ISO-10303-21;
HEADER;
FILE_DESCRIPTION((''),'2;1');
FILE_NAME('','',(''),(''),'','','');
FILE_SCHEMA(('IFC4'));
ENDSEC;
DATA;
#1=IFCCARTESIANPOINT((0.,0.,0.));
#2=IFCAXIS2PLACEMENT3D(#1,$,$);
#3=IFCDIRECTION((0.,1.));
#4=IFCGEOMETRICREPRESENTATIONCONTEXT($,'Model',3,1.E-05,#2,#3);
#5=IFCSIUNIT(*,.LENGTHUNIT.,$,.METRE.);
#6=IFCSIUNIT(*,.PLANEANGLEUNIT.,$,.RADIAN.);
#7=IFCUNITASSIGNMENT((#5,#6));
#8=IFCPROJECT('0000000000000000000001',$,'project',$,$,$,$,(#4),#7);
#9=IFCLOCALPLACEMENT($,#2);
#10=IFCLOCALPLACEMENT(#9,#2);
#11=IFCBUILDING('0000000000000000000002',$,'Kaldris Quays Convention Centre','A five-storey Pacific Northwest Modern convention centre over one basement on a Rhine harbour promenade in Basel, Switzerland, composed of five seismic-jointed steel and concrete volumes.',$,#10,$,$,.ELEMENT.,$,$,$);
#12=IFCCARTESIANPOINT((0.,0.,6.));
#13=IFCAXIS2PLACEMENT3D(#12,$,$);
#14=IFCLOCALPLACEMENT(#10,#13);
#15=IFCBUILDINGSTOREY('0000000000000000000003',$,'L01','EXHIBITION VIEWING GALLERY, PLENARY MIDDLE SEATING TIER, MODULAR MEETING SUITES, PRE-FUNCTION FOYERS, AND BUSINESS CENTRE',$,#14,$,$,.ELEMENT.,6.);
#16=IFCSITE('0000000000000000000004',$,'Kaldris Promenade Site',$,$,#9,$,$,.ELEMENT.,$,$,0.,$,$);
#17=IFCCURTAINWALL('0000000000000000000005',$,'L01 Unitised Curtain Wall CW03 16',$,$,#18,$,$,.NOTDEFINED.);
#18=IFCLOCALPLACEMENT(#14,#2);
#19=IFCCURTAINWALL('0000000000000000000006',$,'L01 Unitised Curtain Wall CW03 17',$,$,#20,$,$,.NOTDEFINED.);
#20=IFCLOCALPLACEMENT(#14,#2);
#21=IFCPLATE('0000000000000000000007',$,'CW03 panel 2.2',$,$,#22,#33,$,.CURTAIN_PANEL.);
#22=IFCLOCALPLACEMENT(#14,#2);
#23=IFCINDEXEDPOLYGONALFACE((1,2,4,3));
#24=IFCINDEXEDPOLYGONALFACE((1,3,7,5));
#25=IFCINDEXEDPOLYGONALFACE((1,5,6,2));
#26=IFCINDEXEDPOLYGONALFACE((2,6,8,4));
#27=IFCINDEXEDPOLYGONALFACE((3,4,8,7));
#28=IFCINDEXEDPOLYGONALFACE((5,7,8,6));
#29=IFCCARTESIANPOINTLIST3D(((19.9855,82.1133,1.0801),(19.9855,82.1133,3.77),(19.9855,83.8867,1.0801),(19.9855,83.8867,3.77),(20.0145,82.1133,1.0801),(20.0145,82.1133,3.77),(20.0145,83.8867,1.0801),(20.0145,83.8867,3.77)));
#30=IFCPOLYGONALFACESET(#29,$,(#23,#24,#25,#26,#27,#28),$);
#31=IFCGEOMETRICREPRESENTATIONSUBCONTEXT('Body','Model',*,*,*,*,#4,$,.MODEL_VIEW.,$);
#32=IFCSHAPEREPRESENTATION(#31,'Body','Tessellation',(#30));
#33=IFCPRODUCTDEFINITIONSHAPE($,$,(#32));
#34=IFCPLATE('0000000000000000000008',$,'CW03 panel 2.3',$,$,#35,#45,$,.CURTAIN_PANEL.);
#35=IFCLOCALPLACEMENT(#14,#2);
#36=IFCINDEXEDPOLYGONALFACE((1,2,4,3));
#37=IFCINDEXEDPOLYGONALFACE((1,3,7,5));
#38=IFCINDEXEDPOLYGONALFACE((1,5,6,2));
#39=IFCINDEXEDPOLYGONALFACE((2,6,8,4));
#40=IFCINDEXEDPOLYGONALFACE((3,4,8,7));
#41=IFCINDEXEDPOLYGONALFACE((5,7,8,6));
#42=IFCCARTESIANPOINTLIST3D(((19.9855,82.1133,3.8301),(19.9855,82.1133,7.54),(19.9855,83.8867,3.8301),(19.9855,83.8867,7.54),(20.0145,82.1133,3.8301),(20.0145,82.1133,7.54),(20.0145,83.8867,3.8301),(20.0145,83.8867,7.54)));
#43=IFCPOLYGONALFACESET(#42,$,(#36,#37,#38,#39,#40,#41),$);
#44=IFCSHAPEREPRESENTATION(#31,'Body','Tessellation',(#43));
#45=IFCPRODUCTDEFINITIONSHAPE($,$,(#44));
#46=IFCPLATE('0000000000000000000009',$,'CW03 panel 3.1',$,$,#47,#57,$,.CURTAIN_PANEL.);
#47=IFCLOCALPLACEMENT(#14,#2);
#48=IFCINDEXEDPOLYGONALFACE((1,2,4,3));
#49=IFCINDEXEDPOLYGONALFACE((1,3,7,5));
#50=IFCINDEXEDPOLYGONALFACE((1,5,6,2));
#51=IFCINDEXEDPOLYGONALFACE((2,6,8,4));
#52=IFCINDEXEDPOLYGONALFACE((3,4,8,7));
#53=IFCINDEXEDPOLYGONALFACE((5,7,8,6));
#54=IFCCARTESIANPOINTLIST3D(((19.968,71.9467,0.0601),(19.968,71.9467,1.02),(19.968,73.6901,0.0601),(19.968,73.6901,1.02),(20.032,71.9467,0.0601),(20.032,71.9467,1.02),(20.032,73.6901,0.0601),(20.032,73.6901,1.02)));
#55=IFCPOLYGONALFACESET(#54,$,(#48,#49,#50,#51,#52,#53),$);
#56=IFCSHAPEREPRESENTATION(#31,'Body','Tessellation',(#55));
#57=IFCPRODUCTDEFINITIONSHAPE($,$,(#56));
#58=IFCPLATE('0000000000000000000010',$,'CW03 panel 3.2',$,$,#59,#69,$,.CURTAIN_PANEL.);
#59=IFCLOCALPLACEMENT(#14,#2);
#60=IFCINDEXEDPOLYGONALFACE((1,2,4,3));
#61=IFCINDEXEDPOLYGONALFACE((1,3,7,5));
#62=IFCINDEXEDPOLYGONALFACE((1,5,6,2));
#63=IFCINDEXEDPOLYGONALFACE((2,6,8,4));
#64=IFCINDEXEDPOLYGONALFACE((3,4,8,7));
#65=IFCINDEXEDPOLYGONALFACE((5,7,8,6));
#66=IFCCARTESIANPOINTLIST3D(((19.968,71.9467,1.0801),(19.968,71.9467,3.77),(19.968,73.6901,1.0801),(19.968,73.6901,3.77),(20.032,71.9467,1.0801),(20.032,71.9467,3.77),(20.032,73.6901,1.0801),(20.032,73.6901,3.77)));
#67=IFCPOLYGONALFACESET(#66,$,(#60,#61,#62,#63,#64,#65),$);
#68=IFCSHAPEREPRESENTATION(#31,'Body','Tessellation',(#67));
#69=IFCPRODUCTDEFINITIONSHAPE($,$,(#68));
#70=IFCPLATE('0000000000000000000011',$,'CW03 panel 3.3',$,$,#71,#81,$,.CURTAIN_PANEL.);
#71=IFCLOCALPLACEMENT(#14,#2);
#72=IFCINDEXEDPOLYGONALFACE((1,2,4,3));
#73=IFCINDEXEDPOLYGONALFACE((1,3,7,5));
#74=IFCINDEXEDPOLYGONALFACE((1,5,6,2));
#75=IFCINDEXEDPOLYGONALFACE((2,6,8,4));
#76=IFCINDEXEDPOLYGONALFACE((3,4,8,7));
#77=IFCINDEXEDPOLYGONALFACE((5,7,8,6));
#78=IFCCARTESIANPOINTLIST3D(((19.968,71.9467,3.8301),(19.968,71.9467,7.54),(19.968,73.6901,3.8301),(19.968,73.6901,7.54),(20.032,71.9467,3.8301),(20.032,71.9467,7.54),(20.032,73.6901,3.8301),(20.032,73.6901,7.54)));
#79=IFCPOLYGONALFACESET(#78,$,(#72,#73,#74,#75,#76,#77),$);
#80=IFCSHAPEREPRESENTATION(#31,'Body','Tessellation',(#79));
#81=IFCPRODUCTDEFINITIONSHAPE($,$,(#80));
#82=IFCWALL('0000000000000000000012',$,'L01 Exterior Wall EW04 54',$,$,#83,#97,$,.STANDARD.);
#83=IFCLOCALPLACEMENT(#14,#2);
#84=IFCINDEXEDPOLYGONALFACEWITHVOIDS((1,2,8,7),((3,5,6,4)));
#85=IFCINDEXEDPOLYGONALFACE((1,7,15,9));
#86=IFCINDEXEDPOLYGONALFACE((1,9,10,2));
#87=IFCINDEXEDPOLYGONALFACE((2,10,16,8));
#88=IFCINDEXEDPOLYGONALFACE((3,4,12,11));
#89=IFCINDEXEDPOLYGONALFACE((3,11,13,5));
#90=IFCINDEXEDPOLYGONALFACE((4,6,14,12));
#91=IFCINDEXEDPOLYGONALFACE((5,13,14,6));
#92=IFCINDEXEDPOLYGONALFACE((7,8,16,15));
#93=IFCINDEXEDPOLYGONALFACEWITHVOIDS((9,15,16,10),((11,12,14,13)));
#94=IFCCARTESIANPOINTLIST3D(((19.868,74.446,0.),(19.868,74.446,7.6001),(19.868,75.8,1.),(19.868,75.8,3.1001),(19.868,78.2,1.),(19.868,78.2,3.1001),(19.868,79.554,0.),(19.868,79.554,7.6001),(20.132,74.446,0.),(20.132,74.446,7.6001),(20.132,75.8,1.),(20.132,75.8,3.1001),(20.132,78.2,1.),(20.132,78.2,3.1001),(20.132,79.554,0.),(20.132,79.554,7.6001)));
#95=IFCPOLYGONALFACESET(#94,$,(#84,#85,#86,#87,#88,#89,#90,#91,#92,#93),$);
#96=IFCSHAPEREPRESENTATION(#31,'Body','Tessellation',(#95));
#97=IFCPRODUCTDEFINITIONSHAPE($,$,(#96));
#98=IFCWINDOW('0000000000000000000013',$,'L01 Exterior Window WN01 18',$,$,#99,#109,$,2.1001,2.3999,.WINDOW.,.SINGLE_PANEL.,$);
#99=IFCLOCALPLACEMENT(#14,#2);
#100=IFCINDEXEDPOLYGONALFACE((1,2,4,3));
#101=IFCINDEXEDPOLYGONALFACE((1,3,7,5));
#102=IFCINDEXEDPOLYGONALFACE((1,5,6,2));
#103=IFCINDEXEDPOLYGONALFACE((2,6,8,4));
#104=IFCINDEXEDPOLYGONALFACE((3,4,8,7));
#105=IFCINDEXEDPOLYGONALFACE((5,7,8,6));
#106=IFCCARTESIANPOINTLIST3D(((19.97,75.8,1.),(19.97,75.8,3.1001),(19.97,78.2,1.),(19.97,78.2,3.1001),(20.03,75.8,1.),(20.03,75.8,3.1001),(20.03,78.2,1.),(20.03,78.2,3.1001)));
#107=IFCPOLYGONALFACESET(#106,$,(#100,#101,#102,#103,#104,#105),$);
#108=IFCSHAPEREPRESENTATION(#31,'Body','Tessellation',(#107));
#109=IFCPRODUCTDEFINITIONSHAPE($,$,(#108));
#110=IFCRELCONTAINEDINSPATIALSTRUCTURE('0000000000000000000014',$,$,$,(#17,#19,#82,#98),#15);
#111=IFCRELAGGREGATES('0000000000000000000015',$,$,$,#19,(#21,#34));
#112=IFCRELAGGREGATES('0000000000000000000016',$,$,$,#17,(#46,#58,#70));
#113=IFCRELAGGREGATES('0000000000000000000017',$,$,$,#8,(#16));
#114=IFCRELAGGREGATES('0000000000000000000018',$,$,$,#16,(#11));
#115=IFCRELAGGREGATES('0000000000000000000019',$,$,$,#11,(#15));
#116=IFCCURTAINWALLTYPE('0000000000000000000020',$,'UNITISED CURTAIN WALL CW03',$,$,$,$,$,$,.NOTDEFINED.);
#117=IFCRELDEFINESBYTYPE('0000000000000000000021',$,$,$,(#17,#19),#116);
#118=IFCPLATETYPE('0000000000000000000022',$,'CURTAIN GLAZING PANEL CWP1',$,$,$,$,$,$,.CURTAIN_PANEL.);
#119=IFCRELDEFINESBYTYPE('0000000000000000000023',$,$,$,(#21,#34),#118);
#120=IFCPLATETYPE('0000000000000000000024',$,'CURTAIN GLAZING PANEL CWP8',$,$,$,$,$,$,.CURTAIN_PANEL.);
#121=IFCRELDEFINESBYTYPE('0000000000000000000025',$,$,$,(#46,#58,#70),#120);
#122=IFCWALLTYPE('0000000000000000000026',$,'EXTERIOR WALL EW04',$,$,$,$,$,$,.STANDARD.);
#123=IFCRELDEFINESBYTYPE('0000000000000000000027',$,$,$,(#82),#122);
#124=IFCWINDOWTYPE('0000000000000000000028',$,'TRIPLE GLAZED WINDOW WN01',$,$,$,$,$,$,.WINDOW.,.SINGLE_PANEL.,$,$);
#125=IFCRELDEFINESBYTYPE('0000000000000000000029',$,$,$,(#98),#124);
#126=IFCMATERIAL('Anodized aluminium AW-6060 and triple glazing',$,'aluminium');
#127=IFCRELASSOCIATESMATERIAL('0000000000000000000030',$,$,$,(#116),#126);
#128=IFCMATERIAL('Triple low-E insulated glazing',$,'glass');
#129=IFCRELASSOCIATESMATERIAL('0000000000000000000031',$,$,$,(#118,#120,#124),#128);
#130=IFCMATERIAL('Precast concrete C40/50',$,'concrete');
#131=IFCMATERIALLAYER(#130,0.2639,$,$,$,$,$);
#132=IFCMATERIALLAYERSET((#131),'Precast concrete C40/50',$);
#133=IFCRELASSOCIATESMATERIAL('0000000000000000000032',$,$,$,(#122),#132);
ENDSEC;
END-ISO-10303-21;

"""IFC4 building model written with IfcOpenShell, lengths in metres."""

from ifc_helpers import new_model, si_unit, direction, frame, frame_2d, origin, origin_2d, place, context, subcontext, project, spatial, rectangle, extrude, material, layer, layer_set, type_object, element, fill, aggregate, save


model = new_model("IFC4")

# Units and contexts
model_context = context("Model", 3, precision=1e-05, world=origin(), true_north=direction((0.0, 1.0)))
body_context = subcontext(model_context, "Body", "Model", "MODEL_VIEW")
ifc_project = project(units=[si_unit("LENGTHUNIT", "METRE"), si_unit("PLANEANGLEUNIT", "RADIAN")], contexts=[model_context])

# Site, building, storey
site_placement = place(None, origin())
site = spatial("IfcSite", under=ifc_project, at=site_placement, Name="Kaldris Promenade Site", CompositionType="ELEMENT", RefElevation=0.0)
building_placement = place(site_placement, origin())
building = spatial("IfcBuilding", under=site, at=building_placement, Name="Kaldris Quays Convention Centre", Description="A five-storey Pacific Northwest Modern convention centre over one basement on a Rhine harbour promenade in Basel, Switzerland, composed of five seismic-jointed steel and concrete volumes.", CompositionType="ELEMENT")
storey_placement = place(building_placement, frame((0.0, 0.0, 6.0)))
storey = spatial("IfcBuildingStorey", under=building, at=storey_placement, Name="L01", Description="EXHIBITION VIEWING GALLERY, PLENARY MIDDLE SEATING TIER, MODULAR MEETING SUITES, PRE-FUNCTION FOYERS, AND BUSINESS CENTRE", CompositionType="ELEMENT", Elevation=6.0)

# Curtain wall
ifc_material_1 = material(Name="Anodized aluminium AW-6060 and triple glazing", Category="aluminium")
curtain_wall_type = type_object("IfcCurtainWallType", Name="UNITISED CURTAIN WALL CW03", PredefinedType="NOTDEFINED", material=ifc_material_1)
curtain_wall_1_placement = place(storey_placement, origin())
curtain_wall_1 = element("IfcCurtainWall", 1, at=curtain_wall_1_placement, inside=storey, type_object=curtain_wall_type, Name="L01 Unitised Curtain Wall CW03 16", PredefinedType="NOTDEFINED")

# Curtain wall
curtain_wall_2_placement = place(storey_placement, origin())
curtain_wall_2 = element("IfcCurtainWall", 2, at=curtain_wall_2_placement, inside=storey, type_object=curtain_wall_type, Name="L01 Unitised Curtain Wall CW03 17", PredefinedType="NOTDEFINED")

# Plates
ifc_material_2 = material(Name="Triple low-E insulated glazing", Category="glass")
plate_type_1 = type_object("IfcPlateType", Name="CURTAIN GLAZING PANEL CWP1", PredefinedType="CURTAIN_PANEL", material=ifc_material_2)
plate_1_placement = place(storey_placement, frame((20.0, 83.0, 1.0801), z_axis=(0.0, 0.0, 1.0), x_axis=(0.0, 1.0, 0.0)))
plate_1 = element("IfcPlate", 3, at=plate_1_placement, type_object=plate_type_1, Name="CW03 panel 2.2", PredefinedType="CURTAIN_PANEL", context=body_context, shape_type="SweptSolid", body=[
    extrude(rectangle(XDim=1.7734, YDim=0.0291, at=origin_2d()), origin(), (0.0, 0.0, 1.0), 2.6899),
])
plate_2_placement = place(storey_placement, frame((20.0, 83.0, 3.8301), z_axis=(0.0, 0.0, 1.0), x_axis=(0.0, 1.0, 0.0)))
plate_2 = element("IfcPlate", 4, at=plate_2_placement, type_object=plate_type_1, Name="CW03 panel 2.3", PredefinedType="CURTAIN_PANEL", context=body_context, shape_type="SweptSolid", body=[
    extrude(rectangle(XDim=1.7734, YDim=0.0291, at=origin_2d()), origin(), (0.0, 0.0, 1.0), 3.71),
])
aggregate(curtain_wall_2, [plate_1, plate_2])
plate_type_2 = type_object("IfcPlateType", Name="CURTAIN GLAZING PANEL CWP8", PredefinedType="CURTAIN_PANEL", material=ifc_material_2)
plate_3_placement = place(storey_placement, frame((20.0, 72.8184, 0.0601), z_axis=(0.0, 0.0, 1.0), x_axis=(0.0, 1.0, 0.0)))
plate_3 = element("IfcPlate", 5, at=plate_3_placement, type_object=plate_type_2, Name="CW03 panel 3.1", PredefinedType="CURTAIN_PANEL", context=body_context, shape_type="SweptSolid", body=[
    extrude(rectangle(XDim=1.7434, YDim=0.064, at=origin_2d()), origin(), (0.0, 0.0, 1.0), 0.96),
])
plate_4_placement = place(storey_placement, frame((20.0, 72.8184, 1.0801), z_axis=(0.0, 0.0, 1.0), x_axis=(0.0, 1.0, 0.0)))
plate_4 = element("IfcPlate", 6, at=plate_4_placement, type_object=plate_type_2, Name="CW03 panel 3.2", PredefinedType="CURTAIN_PANEL", context=body_context, shape_type="SweptSolid", body=[
    extrude(rectangle(XDim=1.7434, YDim=0.064, at=origin_2d()), origin(), (0.0, 0.0, 1.0), 2.6899),
])
plate_5_placement = place(storey_placement, frame((20.0, 72.8184, 3.8301), z_axis=(0.0, 0.0, 1.0), x_axis=(0.0, 1.0, 0.0)))
plate_5 = element("IfcPlate", 7, at=plate_5_placement, type_object=plate_type_2, Name="CW03 panel 3.3", PredefinedType="CURTAIN_PANEL", context=body_context, shape_type="SweptSolid", body=[
    extrude(rectangle(XDim=1.7434, YDim=0.064, at=origin_2d()), origin(), (0.0, 0.0, 1.0), 3.71),
])
aggregate(curtain_wall_1, [plate_3, plate_4, plate_5])

# Wall, opening, window
ifc_material_3 = material(Name="Precast concrete C40/50", Category="concrete")
ifc_layer = layer(ifc_material_3, 0.2639)
ifc_layer_set = layer_set([ifc_layer], Name="Precast concrete C40/50")
wall_type = type_object("IfcWallType", Name="EXTERIOR WALL EW04", PredefinedType="STANDARD", material=ifc_layer_set)
wall_placement = place(storey_placement, frame((20.0, 74.446, 0.0), z_axis=(0.0, 0.0, 1.0), x_axis=(0.0, 1.0, 0.0)))
wall = element("IfcWall", 8, at=wall_placement, inside=storey, type_object=wall_type, Name="L01 Exterior Wall EW04 54", PredefinedType="STANDARD", context=body_context, shape_type="SweptSolid", body=[
    extrude(rectangle(XDim=5.1079, YDim=0.2639, at=frame_2d((2.554, 0.0))), origin(), (0.0, 0.0, 1.0), 7.6001),
])
opening_placement = place(wall_placement, frame((1.354, 0.0, 1.0)))
opening = element("IfcOpeningElement", 9, at=opening_placement, cuts=wall, PredefinedType="OPENING", context=body_context, shape_type="SweptSolid", body=[
    extrude(rectangle(XDim=2.3999, YDim=2.1001, at=frame_2d((1.2, 1.05))), frame((0.0, 0.1421, 0.0), z_axis=(0.0, -1.0, 0.0), x_axis=(1.0, 0.0, 0.0)), (0.0, 0.0, 1.0), 0.2839),
])
window_type = type_object("IfcWindowType", Name="TRIPLE GLAZED WINDOW WN01", PartitioningType="SINGLE_PANEL", PredefinedType="WINDOW", material=ifc_material_2)
window_placement = place(opening_placement, origin())
window = element("IfcWindow", 10, at=window_placement, inside=storey, type_object=window_type, Name="L01 Exterior Window WN01 18", OverallHeight=2.1001, OverallWidth=2.3999, PartitioningType="SINGLE_PANEL", PredefinedType="WINDOW", context=body_context, shape_type="SweptSolid", body=[
    extrude(rectangle(XDim=2.3999, YDim=2.1001, at=frame_2d((1.2, 1.05))), frame((0.0, 0.03, 0.0), z_axis=(0.0, -1.0, 0.0), x_axis=(1.0, 0.0, 0.0)), (0.0, 0.0, 1.0), 0.0601),
])
fill(opening, window)

save(model, "model.ifc")
